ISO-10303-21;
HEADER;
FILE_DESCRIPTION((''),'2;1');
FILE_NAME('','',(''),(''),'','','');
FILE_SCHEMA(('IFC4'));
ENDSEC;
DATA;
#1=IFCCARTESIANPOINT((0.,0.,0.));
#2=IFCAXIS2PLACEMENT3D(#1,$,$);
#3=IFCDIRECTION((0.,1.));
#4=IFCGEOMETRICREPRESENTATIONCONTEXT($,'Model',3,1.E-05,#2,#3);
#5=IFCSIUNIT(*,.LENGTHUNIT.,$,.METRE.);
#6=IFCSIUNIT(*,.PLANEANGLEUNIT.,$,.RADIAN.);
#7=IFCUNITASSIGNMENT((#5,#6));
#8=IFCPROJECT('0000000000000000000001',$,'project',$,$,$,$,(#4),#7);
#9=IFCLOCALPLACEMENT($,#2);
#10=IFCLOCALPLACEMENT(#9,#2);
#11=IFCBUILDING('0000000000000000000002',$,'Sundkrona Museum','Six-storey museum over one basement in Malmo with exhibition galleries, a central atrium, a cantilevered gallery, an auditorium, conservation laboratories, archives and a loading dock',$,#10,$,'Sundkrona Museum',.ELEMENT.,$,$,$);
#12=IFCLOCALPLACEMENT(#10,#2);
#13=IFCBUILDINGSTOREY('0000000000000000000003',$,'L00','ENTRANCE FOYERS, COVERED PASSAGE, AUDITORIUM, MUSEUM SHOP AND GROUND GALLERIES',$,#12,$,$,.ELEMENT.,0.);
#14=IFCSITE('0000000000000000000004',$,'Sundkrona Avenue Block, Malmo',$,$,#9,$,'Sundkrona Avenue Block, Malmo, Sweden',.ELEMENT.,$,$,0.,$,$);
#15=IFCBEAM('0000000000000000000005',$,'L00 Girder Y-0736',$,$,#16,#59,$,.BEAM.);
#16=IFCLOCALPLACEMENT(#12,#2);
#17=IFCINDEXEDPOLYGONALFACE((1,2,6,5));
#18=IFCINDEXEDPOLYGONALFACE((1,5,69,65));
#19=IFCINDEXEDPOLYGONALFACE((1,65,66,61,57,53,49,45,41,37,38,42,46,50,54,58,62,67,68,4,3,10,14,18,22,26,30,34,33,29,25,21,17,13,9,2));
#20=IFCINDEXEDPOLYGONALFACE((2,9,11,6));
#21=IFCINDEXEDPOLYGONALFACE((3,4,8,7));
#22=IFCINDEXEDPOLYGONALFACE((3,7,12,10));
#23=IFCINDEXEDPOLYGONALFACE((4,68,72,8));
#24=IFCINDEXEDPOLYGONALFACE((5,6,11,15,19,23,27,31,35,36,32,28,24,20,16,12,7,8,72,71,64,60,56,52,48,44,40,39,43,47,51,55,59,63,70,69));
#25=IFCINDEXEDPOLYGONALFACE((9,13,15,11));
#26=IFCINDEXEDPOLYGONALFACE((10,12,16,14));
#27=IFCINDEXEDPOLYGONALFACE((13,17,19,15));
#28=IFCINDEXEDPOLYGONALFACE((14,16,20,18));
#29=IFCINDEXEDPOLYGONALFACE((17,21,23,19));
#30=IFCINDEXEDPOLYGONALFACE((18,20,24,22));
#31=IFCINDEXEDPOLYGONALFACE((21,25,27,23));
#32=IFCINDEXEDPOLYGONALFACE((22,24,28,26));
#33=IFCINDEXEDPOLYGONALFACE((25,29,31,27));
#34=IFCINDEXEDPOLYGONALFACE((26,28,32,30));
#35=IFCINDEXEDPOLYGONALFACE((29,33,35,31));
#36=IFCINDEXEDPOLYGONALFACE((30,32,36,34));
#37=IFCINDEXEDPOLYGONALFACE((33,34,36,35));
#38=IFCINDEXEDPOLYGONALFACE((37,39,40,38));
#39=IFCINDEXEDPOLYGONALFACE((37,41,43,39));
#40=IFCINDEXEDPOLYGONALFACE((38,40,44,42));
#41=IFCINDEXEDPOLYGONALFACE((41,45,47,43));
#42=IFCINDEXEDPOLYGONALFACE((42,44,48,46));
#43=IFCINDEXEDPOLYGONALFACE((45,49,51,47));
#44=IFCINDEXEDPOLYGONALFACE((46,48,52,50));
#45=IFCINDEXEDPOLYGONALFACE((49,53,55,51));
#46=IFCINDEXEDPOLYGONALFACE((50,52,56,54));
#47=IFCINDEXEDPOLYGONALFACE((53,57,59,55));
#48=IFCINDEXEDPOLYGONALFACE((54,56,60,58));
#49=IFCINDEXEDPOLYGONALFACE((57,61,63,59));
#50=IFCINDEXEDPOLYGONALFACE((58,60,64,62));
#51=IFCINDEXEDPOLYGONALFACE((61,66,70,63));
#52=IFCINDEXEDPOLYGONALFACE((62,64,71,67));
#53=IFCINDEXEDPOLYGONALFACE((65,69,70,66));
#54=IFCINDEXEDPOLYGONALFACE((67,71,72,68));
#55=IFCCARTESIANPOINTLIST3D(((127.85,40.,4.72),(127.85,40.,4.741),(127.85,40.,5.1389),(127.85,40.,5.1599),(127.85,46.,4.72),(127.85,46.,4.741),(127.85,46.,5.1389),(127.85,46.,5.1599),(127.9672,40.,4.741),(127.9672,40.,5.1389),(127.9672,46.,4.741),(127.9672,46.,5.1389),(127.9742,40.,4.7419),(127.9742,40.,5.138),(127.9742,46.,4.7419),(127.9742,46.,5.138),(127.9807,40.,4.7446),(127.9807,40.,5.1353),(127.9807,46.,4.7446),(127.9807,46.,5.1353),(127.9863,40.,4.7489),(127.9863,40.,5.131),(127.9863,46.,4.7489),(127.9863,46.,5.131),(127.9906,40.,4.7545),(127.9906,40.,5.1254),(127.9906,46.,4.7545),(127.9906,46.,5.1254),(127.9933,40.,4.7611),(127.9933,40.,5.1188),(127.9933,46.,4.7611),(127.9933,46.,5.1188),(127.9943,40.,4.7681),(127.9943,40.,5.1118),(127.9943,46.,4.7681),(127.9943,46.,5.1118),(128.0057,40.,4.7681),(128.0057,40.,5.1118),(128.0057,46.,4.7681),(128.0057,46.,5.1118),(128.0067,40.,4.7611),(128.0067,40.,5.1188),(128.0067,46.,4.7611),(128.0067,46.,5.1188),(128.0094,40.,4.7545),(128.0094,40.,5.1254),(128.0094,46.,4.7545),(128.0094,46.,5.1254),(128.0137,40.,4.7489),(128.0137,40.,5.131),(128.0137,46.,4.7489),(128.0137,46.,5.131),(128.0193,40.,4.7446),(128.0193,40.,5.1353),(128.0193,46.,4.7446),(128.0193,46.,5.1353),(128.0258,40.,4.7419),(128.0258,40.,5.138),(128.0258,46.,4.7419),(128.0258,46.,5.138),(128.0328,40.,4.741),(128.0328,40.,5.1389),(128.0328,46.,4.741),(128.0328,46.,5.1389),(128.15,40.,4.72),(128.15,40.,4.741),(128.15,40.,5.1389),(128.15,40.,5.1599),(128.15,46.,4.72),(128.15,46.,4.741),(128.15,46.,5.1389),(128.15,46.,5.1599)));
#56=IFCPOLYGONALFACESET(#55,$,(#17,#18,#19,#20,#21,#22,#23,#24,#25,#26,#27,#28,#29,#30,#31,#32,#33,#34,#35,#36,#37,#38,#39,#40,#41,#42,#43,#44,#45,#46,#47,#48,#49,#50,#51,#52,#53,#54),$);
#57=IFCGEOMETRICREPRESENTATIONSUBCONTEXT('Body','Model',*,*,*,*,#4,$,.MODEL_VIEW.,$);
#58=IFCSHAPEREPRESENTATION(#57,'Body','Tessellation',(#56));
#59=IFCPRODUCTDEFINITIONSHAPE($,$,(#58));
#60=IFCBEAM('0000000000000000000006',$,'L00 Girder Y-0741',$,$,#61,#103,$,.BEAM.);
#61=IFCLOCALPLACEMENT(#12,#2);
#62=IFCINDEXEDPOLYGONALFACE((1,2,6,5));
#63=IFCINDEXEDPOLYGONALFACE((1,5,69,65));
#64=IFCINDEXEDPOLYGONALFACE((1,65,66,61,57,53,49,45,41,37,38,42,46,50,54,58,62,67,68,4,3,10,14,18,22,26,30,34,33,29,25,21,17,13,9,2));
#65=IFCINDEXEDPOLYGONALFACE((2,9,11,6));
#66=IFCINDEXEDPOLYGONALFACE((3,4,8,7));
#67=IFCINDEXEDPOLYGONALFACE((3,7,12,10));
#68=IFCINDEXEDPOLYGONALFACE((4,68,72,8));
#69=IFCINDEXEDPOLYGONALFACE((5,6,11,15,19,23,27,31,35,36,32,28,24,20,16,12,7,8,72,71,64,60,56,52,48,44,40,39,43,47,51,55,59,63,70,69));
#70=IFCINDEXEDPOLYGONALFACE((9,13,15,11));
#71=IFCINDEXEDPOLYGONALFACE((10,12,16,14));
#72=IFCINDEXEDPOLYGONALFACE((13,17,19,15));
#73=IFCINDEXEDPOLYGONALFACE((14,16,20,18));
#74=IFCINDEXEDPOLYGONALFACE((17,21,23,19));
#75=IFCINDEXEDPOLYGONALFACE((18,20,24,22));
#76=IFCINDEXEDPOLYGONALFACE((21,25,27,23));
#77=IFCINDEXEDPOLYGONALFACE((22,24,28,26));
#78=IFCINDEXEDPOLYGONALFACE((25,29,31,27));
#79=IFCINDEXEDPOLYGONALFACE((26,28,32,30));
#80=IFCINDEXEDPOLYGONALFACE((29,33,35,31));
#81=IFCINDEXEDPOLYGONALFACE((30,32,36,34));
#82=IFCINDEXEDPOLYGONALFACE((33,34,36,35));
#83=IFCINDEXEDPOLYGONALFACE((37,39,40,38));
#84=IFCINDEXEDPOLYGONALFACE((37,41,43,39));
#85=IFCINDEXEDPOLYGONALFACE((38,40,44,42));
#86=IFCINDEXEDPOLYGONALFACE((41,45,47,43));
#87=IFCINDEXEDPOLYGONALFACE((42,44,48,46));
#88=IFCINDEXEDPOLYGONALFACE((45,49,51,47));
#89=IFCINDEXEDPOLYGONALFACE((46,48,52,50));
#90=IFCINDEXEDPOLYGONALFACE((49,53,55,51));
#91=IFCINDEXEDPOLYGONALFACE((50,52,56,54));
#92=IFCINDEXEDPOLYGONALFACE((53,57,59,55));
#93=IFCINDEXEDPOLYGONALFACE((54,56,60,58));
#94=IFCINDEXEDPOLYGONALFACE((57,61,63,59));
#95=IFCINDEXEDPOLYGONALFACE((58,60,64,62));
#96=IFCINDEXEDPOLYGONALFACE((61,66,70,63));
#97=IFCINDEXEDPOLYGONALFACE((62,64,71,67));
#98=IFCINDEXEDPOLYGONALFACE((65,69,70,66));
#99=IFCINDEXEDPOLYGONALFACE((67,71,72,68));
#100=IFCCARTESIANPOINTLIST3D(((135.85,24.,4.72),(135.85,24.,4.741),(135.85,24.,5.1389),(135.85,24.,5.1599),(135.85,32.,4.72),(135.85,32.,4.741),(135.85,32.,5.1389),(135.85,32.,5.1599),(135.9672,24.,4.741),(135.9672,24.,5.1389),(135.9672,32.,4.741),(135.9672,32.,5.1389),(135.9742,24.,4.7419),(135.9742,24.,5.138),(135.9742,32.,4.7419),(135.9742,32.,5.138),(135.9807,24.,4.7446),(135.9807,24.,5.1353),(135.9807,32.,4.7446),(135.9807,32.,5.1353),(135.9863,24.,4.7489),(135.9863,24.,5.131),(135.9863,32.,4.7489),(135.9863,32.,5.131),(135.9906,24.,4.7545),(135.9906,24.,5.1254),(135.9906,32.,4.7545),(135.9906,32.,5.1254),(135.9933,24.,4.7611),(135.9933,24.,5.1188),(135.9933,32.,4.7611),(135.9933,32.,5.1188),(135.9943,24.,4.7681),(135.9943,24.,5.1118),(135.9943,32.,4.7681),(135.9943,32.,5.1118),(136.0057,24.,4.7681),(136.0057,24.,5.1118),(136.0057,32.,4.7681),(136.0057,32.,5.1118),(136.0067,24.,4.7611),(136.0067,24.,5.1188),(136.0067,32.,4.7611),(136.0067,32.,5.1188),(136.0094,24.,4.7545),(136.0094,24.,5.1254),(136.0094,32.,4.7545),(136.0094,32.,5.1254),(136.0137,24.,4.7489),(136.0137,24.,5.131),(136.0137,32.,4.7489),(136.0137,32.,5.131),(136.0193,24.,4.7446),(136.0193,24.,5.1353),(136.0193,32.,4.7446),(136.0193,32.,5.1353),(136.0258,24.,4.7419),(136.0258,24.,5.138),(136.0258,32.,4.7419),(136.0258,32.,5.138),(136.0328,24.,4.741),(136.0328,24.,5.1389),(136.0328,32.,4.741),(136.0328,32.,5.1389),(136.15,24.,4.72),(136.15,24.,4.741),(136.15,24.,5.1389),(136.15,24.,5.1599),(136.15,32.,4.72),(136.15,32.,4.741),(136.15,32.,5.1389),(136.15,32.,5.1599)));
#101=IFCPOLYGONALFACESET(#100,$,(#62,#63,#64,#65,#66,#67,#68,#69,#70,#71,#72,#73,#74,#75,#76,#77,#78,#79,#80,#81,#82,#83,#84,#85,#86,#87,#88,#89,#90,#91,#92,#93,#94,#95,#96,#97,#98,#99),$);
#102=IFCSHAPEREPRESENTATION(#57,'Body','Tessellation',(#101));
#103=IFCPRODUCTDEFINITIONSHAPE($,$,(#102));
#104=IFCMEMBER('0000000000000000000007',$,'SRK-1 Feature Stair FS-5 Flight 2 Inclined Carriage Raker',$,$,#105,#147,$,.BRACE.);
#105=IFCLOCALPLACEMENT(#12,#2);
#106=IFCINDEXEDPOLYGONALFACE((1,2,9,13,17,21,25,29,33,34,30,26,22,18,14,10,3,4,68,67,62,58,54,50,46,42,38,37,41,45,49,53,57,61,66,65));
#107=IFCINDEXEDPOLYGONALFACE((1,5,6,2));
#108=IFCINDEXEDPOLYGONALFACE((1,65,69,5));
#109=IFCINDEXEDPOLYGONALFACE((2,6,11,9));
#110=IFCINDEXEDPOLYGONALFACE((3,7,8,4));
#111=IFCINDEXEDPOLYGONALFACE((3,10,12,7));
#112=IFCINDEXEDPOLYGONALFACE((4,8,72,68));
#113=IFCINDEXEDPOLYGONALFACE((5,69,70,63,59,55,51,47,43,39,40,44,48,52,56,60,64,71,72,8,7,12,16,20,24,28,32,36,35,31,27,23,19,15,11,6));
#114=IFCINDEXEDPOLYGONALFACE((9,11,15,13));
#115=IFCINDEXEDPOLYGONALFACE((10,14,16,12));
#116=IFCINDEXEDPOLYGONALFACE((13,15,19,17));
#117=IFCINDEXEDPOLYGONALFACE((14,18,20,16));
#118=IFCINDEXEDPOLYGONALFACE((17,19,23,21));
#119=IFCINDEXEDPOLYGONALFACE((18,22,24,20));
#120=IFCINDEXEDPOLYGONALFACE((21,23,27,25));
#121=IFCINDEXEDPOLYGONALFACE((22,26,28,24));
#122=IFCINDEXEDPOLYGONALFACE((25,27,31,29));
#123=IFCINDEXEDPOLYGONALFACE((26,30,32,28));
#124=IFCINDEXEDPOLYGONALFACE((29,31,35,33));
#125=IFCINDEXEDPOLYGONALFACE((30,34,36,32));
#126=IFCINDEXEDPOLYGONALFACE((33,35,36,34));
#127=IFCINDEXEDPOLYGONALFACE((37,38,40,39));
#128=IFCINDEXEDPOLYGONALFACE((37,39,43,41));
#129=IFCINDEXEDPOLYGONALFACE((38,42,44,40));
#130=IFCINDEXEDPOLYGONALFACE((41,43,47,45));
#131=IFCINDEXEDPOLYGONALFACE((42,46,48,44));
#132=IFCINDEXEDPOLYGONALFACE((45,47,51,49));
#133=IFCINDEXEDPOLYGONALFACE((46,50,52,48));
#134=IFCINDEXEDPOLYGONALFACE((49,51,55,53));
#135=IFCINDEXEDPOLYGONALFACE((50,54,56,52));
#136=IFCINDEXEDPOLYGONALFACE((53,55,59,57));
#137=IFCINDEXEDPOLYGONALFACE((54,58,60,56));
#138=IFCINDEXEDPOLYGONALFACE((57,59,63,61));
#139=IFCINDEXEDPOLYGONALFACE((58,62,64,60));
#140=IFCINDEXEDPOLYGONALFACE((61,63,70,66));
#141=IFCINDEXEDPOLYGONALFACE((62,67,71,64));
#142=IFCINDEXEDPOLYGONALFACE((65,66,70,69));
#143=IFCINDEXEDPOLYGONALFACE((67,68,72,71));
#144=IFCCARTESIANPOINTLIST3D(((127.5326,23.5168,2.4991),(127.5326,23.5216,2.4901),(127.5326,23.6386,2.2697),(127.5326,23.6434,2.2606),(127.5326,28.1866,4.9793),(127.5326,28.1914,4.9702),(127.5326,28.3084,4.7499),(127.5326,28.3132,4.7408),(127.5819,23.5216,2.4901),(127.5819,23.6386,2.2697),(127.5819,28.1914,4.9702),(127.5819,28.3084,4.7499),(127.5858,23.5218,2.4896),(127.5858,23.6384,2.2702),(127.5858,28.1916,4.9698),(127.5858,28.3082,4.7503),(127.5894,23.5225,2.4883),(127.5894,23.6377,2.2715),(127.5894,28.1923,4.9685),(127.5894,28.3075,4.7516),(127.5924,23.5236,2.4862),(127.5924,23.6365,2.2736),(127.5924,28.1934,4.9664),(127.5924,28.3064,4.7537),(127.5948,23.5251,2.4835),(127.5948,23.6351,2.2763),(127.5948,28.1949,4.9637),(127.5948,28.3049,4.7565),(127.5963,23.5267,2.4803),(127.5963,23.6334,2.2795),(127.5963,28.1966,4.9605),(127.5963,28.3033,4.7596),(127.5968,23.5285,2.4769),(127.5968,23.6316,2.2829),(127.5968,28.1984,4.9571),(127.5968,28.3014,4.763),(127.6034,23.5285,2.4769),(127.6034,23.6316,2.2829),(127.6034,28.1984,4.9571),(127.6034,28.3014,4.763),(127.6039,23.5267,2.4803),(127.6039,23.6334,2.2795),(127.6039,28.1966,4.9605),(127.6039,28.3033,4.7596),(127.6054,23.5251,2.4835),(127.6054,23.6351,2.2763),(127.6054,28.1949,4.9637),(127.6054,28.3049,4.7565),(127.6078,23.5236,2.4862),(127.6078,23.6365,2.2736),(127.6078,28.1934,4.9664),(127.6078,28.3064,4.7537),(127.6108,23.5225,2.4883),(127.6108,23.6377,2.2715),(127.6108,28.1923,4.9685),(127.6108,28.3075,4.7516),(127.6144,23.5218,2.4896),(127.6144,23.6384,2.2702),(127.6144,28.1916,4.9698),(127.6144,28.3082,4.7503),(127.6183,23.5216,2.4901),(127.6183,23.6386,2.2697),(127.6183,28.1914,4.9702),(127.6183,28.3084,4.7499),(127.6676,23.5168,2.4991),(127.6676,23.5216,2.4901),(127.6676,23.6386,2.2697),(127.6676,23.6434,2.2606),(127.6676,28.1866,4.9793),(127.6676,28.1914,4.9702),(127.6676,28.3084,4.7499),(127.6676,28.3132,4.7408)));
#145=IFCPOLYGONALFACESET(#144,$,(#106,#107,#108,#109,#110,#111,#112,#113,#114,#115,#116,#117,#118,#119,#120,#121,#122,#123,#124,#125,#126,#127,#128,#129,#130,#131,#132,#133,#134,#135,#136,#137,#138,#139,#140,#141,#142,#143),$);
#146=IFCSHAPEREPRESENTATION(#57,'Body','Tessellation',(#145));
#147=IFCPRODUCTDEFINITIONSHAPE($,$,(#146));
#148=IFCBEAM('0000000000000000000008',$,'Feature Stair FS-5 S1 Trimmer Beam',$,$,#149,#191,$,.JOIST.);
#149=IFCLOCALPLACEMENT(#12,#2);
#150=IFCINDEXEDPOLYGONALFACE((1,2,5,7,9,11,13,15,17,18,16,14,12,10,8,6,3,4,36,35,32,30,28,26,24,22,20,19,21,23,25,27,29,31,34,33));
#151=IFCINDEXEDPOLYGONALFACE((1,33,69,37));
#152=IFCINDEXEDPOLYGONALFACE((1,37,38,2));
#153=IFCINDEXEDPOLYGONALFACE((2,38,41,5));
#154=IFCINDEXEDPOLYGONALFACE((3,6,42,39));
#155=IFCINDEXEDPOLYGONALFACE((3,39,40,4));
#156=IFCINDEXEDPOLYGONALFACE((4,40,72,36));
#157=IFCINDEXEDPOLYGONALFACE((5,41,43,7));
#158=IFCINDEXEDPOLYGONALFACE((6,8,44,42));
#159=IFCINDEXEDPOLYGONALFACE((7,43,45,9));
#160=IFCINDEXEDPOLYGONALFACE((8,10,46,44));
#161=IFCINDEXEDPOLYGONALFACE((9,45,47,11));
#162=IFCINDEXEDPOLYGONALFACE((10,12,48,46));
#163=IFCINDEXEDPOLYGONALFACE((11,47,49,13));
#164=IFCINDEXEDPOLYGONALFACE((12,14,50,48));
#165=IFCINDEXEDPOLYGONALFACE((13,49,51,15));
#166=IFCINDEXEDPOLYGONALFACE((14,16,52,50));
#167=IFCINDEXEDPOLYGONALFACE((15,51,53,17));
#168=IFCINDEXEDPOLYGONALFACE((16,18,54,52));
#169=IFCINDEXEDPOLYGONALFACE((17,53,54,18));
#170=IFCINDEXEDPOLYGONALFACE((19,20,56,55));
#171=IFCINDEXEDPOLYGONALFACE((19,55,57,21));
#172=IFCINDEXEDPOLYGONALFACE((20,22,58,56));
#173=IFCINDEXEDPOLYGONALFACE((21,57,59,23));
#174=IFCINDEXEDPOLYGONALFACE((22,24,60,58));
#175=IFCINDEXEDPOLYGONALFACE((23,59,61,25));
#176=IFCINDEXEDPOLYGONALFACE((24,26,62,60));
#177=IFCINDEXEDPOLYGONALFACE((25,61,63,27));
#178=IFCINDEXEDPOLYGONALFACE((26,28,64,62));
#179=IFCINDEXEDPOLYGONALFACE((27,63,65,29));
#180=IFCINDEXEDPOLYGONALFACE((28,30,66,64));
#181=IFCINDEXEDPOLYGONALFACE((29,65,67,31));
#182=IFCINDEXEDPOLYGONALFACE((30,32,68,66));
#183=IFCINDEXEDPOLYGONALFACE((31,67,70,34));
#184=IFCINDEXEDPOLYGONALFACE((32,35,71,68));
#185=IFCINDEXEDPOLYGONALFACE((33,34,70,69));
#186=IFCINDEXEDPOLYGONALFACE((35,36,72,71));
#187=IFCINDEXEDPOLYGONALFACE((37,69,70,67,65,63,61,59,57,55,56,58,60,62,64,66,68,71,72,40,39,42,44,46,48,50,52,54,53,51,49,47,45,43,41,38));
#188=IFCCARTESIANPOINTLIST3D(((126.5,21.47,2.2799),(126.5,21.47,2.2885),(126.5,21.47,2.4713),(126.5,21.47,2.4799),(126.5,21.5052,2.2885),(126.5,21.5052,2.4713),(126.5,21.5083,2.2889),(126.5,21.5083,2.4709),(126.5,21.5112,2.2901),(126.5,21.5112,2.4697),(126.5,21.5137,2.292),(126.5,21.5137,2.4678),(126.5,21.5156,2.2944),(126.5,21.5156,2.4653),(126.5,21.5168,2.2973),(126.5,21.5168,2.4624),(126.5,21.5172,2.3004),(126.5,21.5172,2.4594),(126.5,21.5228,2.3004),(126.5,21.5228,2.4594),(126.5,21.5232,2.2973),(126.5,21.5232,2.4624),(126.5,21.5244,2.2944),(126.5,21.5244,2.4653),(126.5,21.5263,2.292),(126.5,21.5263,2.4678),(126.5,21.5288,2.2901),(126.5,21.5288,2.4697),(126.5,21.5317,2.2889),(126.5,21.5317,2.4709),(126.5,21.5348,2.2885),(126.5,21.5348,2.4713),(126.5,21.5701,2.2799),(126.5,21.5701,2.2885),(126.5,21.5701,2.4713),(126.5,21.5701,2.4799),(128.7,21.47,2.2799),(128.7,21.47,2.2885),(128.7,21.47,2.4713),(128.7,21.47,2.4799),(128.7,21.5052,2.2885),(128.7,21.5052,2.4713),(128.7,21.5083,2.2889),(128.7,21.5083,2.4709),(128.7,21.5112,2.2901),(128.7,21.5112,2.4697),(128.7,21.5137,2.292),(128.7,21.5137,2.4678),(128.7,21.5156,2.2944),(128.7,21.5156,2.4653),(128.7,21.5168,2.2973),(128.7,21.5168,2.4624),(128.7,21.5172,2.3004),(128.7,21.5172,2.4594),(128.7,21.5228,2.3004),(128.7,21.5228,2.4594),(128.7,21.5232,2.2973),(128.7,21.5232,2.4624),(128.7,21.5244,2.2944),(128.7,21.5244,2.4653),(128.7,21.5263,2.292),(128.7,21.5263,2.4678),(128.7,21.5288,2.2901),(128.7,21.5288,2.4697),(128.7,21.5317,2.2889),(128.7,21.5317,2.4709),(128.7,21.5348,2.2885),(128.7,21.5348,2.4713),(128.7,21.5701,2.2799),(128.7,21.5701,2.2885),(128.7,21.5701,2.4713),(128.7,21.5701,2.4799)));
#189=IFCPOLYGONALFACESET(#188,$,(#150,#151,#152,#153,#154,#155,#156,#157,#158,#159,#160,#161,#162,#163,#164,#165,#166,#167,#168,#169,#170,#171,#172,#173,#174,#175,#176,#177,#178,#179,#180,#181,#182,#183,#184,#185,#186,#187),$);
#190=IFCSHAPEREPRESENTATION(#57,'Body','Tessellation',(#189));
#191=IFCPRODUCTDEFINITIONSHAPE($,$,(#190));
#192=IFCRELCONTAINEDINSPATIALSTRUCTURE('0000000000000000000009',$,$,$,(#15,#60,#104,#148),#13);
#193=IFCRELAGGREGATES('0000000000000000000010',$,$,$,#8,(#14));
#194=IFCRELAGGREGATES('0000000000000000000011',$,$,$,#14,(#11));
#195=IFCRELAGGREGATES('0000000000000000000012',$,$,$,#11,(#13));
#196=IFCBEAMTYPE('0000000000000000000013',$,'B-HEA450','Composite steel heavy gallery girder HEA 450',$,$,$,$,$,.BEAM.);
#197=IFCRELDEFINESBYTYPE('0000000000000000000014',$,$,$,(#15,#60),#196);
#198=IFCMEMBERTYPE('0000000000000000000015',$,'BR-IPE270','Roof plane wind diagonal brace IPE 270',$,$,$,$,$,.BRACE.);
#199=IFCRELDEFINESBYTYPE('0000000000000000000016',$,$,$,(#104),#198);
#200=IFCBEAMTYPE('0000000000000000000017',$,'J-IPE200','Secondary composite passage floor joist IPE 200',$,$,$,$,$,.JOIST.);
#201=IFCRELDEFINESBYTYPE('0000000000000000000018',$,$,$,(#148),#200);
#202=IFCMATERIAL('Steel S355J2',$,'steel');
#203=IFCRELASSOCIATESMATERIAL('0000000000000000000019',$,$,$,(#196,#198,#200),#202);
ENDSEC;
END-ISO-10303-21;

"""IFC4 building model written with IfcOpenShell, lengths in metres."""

from ifc_helpers import new_model, si_unit, direction, frame, origin, origin_2d, place, context, subcontext, project, spatial, i_section, extrude, material, material_profile, profile_set, type_object, element, save


model = new_model("IFC4")

# Units and contexts
model_context = context("Model", 3, precision=1e-05, world=origin(), true_north=direction((0.0, 1.0)))
body_context = subcontext(model_context, "Body", "Model", "MODEL_VIEW")
ifc_project = project(units=[si_unit("LENGTHUNIT", "METRE"), si_unit("PLANEANGLEUNIT", "RADIAN")], contexts=[model_context])

# Site, building, storey
site_placement = place(None, origin())
site = spatial("IfcSite", under=ifc_project, at=site_placement, Name="Sundkrona Avenue Block, Malmo", LongName="Sundkrona Avenue Block, Malmo, Sweden", CompositionType="ELEMENT", RefElevation=0.0)
building_placement = place(site_placement, origin())
building = spatial("IfcBuilding", under=site, at=building_placement, Name="Sundkrona Museum", Description="Six-storey museum over one basement in Malmo with exhibition galleries, a central atrium, a cantilevered gallery, an auditorium, conservation laboratories, archives and a loading dock", LongName="Sundkrona Museum", CompositionType="ELEMENT")
storey_placement = place(building_placement, origin())
storey = spatial("IfcBuildingStorey", under=building, at=storey_placement, Name="L00", Description="ENTRANCE FOYERS, COVERED PASSAGE, AUDITORIUM, MUSEUM SHOP AND GROUND GALLERIES", CompositionType="ELEMENT", Elevation=0.0)

# Shared definitions
ifc_material_1 = material(Name="Steel S355J2", Category="steel")

# Beams
ifc_material_profile_1 = material_profile(ifc_material_1, i_section(OverallWidth=0.3, OverallDepth=0.4399, WebThickness=0.0115, FlangeThickness=0.021, FilletRadius=0.0271, at=origin_2d()), Name="HEA 450")
ifc_profile_set_1 = profile_set([ifc_material_profile_1], Name="Steel S355J2")
beam_type_1 = type_object("IfcBeamType", Name="B-HEA450", Description="Composite steel heavy gallery girder HEA 450", PredefinedType="BEAM", material=ifc_profile_set_1)
beam_1_placement = place(storey_placement, frame((128.0, 40.0, 4.9399), z_axis=(0.0, 1.0, 0.0), x_axis=(-1.0, 0.0, 0.0)))
element("IfcBeam", 1, at=beam_1_placement, inside=storey, type_object=beam_type_1, Name="L00 Girder Y-0736", PredefinedType="BEAM", context=body_context, shape_type="SweptSolid", body=[
    extrude(i_section(OverallWidth=0.3, OverallDepth=0.4399, WebThickness=0.0115, FlangeThickness=0.021, FilletRadius=0.0271, at=origin_2d()), origin(), (0.0, 0.0, 1.0), 6.0),
])
beam_2_placement = place(storey_placement, frame((136.0, 24.0, 4.9399), z_axis=(0.0, 1.0, 0.0), x_axis=(-1.0, 0.0, 0.0)))
element("IfcBeam", 2, at=beam_2_placement, inside=storey, type_object=beam_type_1, Name="L00 Girder Y-0741", PredefinedType="BEAM", context=body_context, shape_type="SweptSolid", body=[
    extrude(i_section(OverallWidth=0.3, OverallDepth=0.4399, WebThickness=0.0115, FlangeThickness=0.021, FilletRadius=0.0271, at=origin_2d()), origin(), (0.0, 0.0, 1.0), 8.0),
])

# Member
ifc_material_profile_2 = material_profile(ifc_material_1, i_section(OverallWidth=0.135, OverallDepth=0.27, WebThickness=0.0066, FlangeThickness=0.0103, FilletRadius=0.0149, at=origin_2d()), Name="IPE 270")
ifc_profile_set_2 = profile_set([ifc_material_profile_2], Name="Steel S355J2")
member_type = type_object("IfcMemberType", Name="BR-IPE270", Description="Roof plane wind diagonal brace IPE 270", PredefinedType="BRACE", material=ifc_profile_set_2)
member_placement = place(storey_placement, frame((127.6001, 23.5801, 2.3799), z_axis=(0.0, 0.883168, 0.469056), x_axis=(-1.0, 0.0, 0.0)))
element("IfcMember", 3, at=member_placement, inside=storey, type_object=member_type, Name="SRK-1 Feature Stair FS-5 Flight 2 Inclined Carriage Raker", PredefinedType="BRACE", context=body_context, shape_type="SweptSolid", body=[
    extrude(i_section(OverallWidth=0.135, OverallDepth=0.27, WebThickness=0.0066, FlangeThickness=0.0103, FilletRadius=0.0149, at=origin_2d()), origin(), (0.0, 0.0, 1.0), 5.2876),
])

# Beam
ifc_material_profile_3 = material_profile(ifc_material_1, i_section(OverallWidth=0.1001, OverallDepth=0.2, WebThickness=0.0056, FlangeThickness=0.0085, FilletRadius=0.012, at=origin_2d()), Name="IPE 200")
ifc_profile_set_3 = profile_set([ifc_material_profile_3], Name="Steel S355J2")
beam_type_2 = type_object("IfcBeamType", Name="J-IPE200", Description="Secondary composite passage floor joist IPE 200", PredefinedType="JOIST", material=ifc_profile_set_3)
for number, where, z_axis, x_axis, name in (
    (4, (128.7, 21.52, 2.3799), (-1.0, 0.0, 0.0), (0.0, -1.0, 0.0), "Feature Stair FS-5 S1 Trimmer Beam"),
):
    element("IfcBeam", number, at=place(storey_placement, frame(where, z_axis=z_axis, x_axis=x_axis)), inside=storey, type_object=beam_type_2, Name=name, PredefinedType="JOIST", context=body_context, shape_type="SweptSolid", body=[
        extrude(i_section(OverallWidth=0.1001, OverallDepth=0.2, WebThickness=0.0056, FlangeThickness=0.0085, FilletRadius=0.012, at=origin_2d()), origin(), (0.0, 0.0, 1.0), 2.2),
    ])

save(model, "model.ifc")
